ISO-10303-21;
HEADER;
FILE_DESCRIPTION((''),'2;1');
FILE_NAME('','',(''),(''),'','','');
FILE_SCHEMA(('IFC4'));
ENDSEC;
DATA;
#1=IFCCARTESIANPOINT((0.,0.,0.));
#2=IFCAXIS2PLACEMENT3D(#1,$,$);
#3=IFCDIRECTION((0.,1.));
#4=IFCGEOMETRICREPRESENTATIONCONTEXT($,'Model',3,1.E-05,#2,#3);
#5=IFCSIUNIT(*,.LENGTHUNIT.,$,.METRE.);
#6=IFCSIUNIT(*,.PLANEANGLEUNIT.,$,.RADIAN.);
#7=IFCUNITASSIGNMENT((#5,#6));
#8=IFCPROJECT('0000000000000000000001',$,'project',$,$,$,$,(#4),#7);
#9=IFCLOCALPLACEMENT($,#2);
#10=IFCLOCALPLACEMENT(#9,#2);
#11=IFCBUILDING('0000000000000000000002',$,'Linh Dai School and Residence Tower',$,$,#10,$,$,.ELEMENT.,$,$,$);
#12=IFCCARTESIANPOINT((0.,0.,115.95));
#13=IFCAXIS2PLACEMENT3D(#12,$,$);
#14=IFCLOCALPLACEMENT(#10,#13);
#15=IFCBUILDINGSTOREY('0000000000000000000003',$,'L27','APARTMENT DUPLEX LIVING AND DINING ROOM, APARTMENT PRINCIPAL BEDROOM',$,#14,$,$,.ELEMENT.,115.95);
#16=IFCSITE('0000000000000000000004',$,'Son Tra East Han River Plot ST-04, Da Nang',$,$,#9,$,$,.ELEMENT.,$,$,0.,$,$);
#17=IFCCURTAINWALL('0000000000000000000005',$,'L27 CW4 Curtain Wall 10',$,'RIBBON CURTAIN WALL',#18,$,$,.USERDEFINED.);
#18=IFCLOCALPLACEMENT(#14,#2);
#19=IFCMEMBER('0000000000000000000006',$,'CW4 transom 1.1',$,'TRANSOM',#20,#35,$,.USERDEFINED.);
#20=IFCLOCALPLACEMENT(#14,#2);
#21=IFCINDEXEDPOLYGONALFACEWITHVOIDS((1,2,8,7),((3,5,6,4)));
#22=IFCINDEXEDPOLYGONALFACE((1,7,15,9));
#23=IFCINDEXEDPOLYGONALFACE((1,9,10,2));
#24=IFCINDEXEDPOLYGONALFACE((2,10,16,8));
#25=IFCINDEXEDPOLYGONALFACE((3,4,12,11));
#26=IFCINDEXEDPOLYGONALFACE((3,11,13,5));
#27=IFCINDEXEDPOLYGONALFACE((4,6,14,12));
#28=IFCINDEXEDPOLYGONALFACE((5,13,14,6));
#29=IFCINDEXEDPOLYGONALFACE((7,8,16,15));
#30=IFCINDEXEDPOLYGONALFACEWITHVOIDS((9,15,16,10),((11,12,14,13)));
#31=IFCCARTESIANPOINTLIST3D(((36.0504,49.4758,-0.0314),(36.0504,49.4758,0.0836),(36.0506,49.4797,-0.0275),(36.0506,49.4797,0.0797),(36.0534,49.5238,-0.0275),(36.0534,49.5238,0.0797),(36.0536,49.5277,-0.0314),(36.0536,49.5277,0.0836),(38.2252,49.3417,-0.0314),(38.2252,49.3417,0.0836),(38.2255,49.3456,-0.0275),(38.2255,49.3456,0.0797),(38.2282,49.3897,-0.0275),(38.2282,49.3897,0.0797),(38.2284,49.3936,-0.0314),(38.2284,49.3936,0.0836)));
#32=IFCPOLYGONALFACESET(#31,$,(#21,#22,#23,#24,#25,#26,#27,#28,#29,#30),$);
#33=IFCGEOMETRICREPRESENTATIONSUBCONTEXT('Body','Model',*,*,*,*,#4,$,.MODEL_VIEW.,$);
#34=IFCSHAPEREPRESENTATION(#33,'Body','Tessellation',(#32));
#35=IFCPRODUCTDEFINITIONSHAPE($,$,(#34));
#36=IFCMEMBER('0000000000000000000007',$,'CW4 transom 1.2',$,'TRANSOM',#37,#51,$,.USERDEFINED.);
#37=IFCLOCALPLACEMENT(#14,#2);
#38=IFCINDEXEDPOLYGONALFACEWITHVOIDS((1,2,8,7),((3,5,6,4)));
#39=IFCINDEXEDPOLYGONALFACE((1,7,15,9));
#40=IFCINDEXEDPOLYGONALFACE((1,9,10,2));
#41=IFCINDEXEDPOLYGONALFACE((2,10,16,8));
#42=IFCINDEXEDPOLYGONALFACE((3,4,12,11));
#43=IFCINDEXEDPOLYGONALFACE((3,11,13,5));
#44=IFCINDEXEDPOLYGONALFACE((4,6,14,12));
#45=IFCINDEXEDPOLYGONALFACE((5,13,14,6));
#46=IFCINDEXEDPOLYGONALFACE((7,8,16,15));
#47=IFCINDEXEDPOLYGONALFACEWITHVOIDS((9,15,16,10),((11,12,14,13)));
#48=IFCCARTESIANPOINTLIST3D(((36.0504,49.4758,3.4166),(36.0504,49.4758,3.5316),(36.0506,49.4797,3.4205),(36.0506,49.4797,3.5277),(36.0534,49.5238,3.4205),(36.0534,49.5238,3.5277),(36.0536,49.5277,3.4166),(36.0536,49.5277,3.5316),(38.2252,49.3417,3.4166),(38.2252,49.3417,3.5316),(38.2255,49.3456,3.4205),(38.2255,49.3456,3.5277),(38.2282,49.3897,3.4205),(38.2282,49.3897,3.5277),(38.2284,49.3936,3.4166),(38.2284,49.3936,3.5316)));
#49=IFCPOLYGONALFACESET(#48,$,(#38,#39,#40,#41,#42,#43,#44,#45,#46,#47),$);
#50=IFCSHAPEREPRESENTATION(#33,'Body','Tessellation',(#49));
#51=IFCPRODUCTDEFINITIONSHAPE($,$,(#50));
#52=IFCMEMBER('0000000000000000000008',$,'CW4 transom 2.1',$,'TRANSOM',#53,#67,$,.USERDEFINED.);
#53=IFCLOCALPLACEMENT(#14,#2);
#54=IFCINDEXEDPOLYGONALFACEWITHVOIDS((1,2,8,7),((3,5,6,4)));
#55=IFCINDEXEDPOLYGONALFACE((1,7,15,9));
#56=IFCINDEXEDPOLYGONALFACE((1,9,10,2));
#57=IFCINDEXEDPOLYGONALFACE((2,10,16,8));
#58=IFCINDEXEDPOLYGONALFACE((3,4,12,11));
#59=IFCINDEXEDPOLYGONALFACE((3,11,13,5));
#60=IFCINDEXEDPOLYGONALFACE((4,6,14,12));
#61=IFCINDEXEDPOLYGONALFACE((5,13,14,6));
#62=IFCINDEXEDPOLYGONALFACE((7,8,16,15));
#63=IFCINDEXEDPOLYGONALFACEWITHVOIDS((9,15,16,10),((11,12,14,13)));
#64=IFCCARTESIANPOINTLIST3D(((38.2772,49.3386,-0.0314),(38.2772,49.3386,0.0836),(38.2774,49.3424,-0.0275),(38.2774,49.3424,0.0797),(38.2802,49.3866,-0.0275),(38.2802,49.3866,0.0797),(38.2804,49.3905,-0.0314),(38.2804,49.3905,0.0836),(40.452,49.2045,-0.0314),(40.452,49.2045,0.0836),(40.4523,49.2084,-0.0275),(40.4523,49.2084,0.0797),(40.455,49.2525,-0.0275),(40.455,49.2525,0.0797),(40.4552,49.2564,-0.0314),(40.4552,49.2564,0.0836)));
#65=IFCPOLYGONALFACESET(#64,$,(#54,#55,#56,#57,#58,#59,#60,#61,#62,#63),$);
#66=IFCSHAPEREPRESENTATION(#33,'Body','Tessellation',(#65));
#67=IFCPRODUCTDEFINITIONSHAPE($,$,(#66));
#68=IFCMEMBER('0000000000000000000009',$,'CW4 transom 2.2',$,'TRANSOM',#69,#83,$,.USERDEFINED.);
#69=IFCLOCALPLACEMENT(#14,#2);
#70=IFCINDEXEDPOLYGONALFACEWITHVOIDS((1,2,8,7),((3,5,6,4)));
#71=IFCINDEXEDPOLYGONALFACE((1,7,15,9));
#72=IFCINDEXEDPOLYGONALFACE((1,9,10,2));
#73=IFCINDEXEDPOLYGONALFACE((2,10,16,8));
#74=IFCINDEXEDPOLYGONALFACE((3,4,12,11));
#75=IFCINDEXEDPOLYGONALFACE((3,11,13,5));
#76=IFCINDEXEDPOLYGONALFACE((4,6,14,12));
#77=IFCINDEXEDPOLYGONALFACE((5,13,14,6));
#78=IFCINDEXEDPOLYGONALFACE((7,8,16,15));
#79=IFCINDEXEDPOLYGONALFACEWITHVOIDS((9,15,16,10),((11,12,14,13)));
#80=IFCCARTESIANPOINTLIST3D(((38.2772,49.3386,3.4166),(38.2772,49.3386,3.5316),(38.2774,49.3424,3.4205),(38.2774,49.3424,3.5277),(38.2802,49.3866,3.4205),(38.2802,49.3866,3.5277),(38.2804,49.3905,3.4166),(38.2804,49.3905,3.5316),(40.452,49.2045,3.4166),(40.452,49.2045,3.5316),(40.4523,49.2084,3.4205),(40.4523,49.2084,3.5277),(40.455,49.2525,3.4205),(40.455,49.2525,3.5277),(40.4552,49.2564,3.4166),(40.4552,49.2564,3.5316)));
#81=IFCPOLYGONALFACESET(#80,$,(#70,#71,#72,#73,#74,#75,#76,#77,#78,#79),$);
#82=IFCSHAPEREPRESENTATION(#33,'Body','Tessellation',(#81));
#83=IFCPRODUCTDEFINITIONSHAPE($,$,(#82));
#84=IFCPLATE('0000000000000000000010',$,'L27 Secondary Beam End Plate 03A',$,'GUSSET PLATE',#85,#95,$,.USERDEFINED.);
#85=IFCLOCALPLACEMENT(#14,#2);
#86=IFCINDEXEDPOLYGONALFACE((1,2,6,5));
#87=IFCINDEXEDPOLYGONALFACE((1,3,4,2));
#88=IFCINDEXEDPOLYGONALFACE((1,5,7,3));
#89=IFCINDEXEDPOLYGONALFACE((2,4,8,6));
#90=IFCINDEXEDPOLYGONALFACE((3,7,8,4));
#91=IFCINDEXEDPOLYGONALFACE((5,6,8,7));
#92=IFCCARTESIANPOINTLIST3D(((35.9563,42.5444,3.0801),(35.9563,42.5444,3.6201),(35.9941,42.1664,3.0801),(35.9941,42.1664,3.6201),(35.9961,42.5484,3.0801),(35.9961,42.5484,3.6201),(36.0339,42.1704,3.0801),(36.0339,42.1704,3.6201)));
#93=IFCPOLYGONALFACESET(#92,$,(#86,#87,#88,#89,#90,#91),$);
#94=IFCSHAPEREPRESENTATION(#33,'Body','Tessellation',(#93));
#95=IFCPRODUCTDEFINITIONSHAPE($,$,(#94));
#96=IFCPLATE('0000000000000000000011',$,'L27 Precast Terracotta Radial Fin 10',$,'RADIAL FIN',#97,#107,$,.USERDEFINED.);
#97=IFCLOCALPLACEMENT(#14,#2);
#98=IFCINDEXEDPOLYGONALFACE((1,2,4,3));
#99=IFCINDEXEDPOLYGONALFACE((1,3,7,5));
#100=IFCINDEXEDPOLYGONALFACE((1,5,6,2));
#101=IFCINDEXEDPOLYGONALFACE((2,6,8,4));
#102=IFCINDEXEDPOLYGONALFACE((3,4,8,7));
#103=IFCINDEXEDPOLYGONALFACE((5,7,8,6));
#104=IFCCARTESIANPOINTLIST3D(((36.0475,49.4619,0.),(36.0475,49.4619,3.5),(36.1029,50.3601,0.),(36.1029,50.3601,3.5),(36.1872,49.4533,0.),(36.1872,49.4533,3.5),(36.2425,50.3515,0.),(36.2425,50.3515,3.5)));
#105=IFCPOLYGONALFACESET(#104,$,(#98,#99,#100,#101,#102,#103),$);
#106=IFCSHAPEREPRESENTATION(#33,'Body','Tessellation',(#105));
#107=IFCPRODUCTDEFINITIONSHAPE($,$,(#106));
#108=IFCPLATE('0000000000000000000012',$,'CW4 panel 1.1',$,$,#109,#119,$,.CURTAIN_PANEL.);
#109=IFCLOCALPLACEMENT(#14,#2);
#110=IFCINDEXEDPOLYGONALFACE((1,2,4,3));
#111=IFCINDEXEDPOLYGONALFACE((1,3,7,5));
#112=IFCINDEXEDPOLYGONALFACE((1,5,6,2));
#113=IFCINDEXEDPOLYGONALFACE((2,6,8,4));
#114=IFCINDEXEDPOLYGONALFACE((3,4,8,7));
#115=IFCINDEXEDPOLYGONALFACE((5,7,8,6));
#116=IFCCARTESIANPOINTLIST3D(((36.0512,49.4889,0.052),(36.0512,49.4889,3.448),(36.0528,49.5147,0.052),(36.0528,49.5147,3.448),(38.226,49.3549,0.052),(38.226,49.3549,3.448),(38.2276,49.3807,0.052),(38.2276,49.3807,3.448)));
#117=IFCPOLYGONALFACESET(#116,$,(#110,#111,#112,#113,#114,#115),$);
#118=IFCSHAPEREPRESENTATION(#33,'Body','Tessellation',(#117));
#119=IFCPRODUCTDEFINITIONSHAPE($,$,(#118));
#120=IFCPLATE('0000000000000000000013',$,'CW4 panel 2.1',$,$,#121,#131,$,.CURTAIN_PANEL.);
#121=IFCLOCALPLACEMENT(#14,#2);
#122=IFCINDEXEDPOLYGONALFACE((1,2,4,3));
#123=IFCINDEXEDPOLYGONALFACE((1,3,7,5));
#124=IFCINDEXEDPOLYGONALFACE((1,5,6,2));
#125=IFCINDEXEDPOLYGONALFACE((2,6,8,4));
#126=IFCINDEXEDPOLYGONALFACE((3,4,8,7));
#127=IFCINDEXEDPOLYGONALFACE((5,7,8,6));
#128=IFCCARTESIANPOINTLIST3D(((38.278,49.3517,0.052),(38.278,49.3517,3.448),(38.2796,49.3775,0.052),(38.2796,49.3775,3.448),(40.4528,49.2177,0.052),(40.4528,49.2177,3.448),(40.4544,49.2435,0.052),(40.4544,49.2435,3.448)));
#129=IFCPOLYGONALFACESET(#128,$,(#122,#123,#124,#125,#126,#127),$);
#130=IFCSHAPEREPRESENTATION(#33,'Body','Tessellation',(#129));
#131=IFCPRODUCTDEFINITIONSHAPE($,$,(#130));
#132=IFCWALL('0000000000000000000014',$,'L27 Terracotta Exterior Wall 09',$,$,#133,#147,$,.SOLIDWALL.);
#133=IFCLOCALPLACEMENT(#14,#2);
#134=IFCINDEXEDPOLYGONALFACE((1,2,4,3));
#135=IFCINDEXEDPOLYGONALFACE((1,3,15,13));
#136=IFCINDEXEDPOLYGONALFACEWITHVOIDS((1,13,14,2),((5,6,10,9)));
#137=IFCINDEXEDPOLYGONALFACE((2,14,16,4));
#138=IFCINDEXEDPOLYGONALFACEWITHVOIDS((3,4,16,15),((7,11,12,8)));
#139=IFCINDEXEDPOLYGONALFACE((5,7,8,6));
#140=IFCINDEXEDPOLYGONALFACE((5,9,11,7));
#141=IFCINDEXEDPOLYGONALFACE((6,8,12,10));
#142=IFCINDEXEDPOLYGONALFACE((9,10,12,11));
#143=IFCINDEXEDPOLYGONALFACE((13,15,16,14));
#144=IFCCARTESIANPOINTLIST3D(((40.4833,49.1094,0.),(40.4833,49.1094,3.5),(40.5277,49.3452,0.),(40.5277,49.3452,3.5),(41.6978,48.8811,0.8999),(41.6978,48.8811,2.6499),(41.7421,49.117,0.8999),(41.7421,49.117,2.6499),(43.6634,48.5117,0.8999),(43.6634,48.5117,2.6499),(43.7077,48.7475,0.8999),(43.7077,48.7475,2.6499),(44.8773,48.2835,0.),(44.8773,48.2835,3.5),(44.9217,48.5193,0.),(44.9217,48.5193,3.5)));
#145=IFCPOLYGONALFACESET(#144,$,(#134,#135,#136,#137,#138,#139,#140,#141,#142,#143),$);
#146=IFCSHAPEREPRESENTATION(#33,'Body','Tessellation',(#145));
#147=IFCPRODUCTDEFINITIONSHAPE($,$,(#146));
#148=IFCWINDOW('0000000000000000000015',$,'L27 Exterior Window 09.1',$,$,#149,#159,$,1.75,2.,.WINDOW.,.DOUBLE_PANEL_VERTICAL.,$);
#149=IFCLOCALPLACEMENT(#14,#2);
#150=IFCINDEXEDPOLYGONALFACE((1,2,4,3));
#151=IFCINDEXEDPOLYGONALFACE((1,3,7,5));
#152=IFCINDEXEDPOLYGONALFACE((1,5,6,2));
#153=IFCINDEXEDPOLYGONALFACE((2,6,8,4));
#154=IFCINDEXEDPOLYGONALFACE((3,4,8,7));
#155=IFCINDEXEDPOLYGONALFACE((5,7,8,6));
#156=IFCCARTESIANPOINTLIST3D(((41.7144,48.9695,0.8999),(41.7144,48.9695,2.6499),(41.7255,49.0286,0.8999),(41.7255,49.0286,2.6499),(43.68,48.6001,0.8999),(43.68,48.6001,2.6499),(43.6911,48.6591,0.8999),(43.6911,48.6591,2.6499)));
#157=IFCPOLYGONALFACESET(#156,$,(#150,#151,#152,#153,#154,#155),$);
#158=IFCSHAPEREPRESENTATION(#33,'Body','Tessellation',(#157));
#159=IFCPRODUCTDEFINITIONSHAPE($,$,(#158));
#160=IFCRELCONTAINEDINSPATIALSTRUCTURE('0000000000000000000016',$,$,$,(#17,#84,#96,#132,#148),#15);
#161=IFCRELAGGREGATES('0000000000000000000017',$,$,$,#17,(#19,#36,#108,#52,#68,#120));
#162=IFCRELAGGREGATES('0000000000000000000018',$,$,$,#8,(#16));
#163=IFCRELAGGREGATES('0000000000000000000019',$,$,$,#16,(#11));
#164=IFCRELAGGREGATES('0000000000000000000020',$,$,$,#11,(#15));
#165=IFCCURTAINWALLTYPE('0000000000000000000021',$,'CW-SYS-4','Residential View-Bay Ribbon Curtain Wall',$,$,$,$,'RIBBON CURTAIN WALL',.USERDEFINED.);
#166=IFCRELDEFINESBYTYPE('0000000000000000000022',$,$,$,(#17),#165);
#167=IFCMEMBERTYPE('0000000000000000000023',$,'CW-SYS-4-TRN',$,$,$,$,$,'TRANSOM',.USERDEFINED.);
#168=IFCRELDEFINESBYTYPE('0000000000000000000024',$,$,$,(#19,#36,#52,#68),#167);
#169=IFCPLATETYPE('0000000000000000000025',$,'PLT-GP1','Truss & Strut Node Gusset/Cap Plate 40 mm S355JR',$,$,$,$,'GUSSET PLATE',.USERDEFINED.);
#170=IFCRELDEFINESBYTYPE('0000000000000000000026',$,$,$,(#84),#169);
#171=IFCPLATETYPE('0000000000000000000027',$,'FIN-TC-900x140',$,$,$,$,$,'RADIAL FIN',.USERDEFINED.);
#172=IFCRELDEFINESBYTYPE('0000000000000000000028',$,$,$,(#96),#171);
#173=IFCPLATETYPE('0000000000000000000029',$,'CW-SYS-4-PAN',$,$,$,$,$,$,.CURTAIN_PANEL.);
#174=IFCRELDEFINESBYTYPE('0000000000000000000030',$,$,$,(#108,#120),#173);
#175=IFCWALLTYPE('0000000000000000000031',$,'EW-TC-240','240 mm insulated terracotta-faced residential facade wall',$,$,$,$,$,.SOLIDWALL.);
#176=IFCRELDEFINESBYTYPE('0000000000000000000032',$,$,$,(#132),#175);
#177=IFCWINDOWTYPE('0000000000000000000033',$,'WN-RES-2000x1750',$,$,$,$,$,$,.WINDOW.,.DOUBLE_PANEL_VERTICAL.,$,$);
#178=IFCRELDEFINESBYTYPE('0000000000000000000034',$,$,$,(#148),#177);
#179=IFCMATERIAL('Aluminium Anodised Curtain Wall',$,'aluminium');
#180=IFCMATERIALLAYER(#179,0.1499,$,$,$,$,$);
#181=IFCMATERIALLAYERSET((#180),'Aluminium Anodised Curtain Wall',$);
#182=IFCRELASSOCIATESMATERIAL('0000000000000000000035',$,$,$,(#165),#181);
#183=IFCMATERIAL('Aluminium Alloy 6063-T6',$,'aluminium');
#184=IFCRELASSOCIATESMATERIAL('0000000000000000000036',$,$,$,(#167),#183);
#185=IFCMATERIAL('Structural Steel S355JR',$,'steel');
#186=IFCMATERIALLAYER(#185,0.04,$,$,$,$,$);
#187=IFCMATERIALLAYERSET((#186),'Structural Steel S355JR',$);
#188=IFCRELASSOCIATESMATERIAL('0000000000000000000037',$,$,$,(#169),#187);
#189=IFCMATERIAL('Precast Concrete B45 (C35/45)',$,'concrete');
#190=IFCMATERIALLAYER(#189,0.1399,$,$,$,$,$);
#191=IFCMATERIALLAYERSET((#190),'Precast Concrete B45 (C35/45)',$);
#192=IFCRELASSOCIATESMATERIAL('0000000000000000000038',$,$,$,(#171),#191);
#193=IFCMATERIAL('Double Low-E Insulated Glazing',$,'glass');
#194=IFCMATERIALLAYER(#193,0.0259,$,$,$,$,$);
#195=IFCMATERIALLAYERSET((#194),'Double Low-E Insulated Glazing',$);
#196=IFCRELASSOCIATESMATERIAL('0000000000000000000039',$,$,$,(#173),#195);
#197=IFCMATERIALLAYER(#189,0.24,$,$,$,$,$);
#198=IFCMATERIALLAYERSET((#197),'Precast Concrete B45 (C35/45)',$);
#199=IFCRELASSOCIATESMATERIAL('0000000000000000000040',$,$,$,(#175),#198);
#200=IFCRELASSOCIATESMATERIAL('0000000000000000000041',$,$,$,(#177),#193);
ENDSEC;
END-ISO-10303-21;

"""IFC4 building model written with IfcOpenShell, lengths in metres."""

from ifc_helpers import new_model, si_unit, direction, frame, frame_2d, origin, origin_2d, place, context, subcontext, project, spatial, rectangle, hollow_rectangle, extrude, source, transform, mapped, material, layer, layer_set, material_profile, profile_set, type_object, element, fill, aggregate, save


model = new_model("IFC4")

# Units and contexts
model_context = context("Model", 3, precision=1e-05, world=origin(), true_north=direction((0.0, 1.0)))
body_context = subcontext(model_context, "Body", "Model", "MODEL_VIEW")
ifc_project = project(units=[si_unit("LENGTHUNIT", "METRE"), si_unit("PLANEANGLEUNIT", "RADIAN")], contexts=[model_context])

# Site, building, storey
site_placement = place(None, origin())
site = spatial("IfcSite", under=ifc_project, at=site_placement, Name="Son Tra East Han River Plot ST-04, Da Nang", CompositionType="ELEMENT", RefElevation=0.0)
building_placement = place(site_placement, origin())
building = spatial("IfcBuilding", under=site, at=building_placement, Name="Linh Dai School and Residence Tower", CompositionType="ELEMENT")
storey_placement = place(building_placement, frame((0.0, 0.0, 115.95)))
storey = spatial("IfcBuildingStorey", under=building, at=storey_placement, Name="L27", Description="APARTMENT DUPLEX LIVING AND DINING ROOM, APARTMENT PRINCIPAL BEDROOM", CompositionType="ELEMENT", Elevation=115.95)

# Shared definitions
ifc_material_1 = material(Name="Structural Steel S355JR", Category="steel")

# Curtain wall, members
ifc_material_2 = material(Name="Aluminium Anodised Curtain Wall", Category="aluminium")
ifc_layer_1 = layer(ifc_material_2, 0.1499)
ifc_layer_set_1 = layer_set([ifc_layer_1], Name="Aluminium Anodised Curtain Wall")
curtain_wall_type = type_object("IfcCurtainWallType", Name="CW-SYS-4", Description="Residential View-Bay Ribbon Curtain Wall", ElementType="RIBBON CURTAIN WALL", PredefinedType="USERDEFINED", material=ifc_layer_set_1)
curtain_wall_placement = place(storey_placement, origin())
curtain_wall = element("IfcCurtainWall", 1, at=curtain_wall_placement, inside=storey, type_object=curtain_wall_type, Name="L27 CW4 Curtain Wall 10", ObjectType="RIBBON CURTAIN WALL", PredefinedType="USERDEFINED")
ifc_material_3 = material(Name="Aluminium Alloy 6063-T6", Category="aluminium")
ifc_material_profile_1 = material_profile(ifc_material_3, hollow_rectangle(XDim=0.052, YDim=0.115, WallThickness=0.0039, at=origin_2d()), Name="RHS 115x52x4")
ifc_profile_set_1 = profile_set([ifc_material_profile_1], Name="Aluminium Alloy 6063-T6")
member_type_1 = type_object("IfcMemberType", Name="CW-SYS-4-TRN", ElementType="TRANSOM", PredefinedType="USERDEFINED", material=ifc_profile_set_1)
shared_shape_1 = source(origin(), body_context, "Body", "SweptSolid", [
    extrude(hollow_rectangle(XDim=0.052, YDim=0.115, WallThickness=0.0039, at=origin_2d()), origin(), (0.0, 0.0, 1.0), 2.179),
])
member_1_placement = place(storey_placement, frame((36.052, 49.5017, 0.0261), z_axis=(0.998106, -0.061513, 0.0), x_axis=(0.061513, 0.998106, 0.0)))
member_1 = element("IfcMember", 2, at=member_1_placement, type_object=member_type_1, Name="CW4 transom 1.1", ObjectType="TRANSOM", PredefinedType="USERDEFINED", context=body_context, shape_type="MappedRepresentation", body=[
    mapped(shared_shape_1, transform((0.0, 0.0, 0.0), x_axis=(1.0, 0.0, 0.0), y_axis=(0.0, 1.0, 0.0), z_axis=(0.0, 0.0, 1.0), scale=1.0)),
])
member_2_placement = place(storey_placement, frame((36.052, 49.5017, 3.4741), z_axis=(0.998106, -0.061513, 0.0), x_axis=(0.061513, 0.998106, 0.0)))
member_2 = element("IfcMember", 3, at=member_2_placement, type_object=member_type_1, Name="CW4 transom 1.2", ObjectType="TRANSOM", PredefinedType="USERDEFINED", context=body_context, shape_type="MappedRepresentation", body=[
    mapped(shared_shape_1, transform((0.0, 0.0, 0.0), x_axis=(1.0, 0.0, 0.0), y_axis=(0.0, 1.0, 0.0), z_axis=(0.0, 0.0, 1.0), scale=1.0)),
])
member_3_placement = place(storey_placement, frame((38.2788, 49.3645, 0.0261), z_axis=(0.998106, -0.061513, 0.0), x_axis=(0.061513, 0.998106, 0.0)))
member_3 = element("IfcMember", 4, at=member_3_placement, type_object=member_type_1, Name="CW4 transom 2.1", ObjectType="TRANSOM", PredefinedType="USERDEFINED", context=body_context, shape_type="MappedRepresentation", body=[
    mapped(shared_shape_1, transform((0.0, 0.0, 0.0), x_axis=(1.0, 0.0, 0.0), y_axis=(0.0, 1.0, 0.0), z_axis=(0.0, 0.0, 1.0), scale=1.0)),
])
member_4_placement = place(storey_placement, frame((38.2788, 49.3645, 3.4741), z_axis=(0.998106, -0.061513, 0.0), x_axis=(0.061513, 0.998106, 0.0)))
member_4 = element("IfcMember", 5, at=member_4_placement, type_object=member_type_1, Name="CW4 transom 2.2", ObjectType="TRANSOM", PredefinedType="USERDEFINED", context=body_context, shape_type="MappedRepresentation", body=[
    mapped(shared_shape_1, transform((0.0, 0.0, 0.0), x_axis=(1.0, 0.0, 0.0), y_axis=(0.0, 1.0, 0.0), z_axis=(0.0, 0.0, 1.0), scale=1.0)),
])

# Plates
ifc_layer_2 = layer(ifc_material_1, 0.04)
ifc_layer_set_2 = layer_set([ifc_layer_2], Name="Structural Steel S355JR")
plate_type_1 = type_object("IfcPlateType", Name="PLT-GP1", Description="Truss & Strut Node Gusset/Cap Plate 40 mm S355JR", ElementType="GUSSET PLATE", PredefinedType="USERDEFINED", material=ifc_layer_set_2)
shared_shape_2 = source(origin(), body_context, "Body", "SweptSolid", [
    extrude(rectangle(XDim=0.04, YDim=0.3799, at=origin_2d()), origin(), (0.0, 0.0, 1.0), 0.54),
])
plate_1_placement = place(storey_placement, frame((35.9951, 42.3574, 3.0801), z_axis=(0.0, 0.0, 1.0), x_axis=(-0.995042, -0.099458, 0.0)))
element("IfcPlate", 6, at=plate_1_placement, inside=storey, type_object=plate_type_1, Name="L27 Secondary Beam End Plate 03A", ObjectType="GUSSET PLATE", PredefinedType="USERDEFINED", context=body_context, shape_type="MappedRepresentation", body=[
    mapped(shared_shape_2, transform((0.0, 0.0, 0.0), x_axis=(1.0, 0.0, 0.0), y_axis=(0.0, 1.0, 0.0), z_axis=(0.0, 0.0, 1.0), scale=1.0)),
])
ifc_material_4 = material(Name="Precast Concrete B45 (C35/45)", Category="concrete")
ifc_layer_3 = layer(ifc_material_4, 0.1399)
ifc_layer_set_3 = layer_set([ifc_layer_3], Name="Precast Concrete B45 (C35/45)")
plate_type_2 = type_object("IfcPlateType", Name="FIN-TC-900x140", ElementType="RADIAL FIN", PredefinedType="USERDEFINED", material=ifc_layer_set_3)
shared_shape_3 = source(origin(), body_context, "Body", "SweptSolid", [
    extrude(rectangle(XDim=0.8999, YDim=0.1399, at=origin_2d()), origin(), (0.0, 0.0, 1.0), 3.5),
])
plate_2_placement = place(storey_placement, frame((36.145, 49.9067, 0.0), z_axis=(0.0, 0.0, 1.0), x_axis=(0.061509, 0.998107, 0.0)))
element("IfcPlate", 7, at=plate_2_placement, inside=storey, type_object=plate_type_2, Name="L27 Precast Terracotta Radial Fin 10", ObjectType="RADIAL FIN", PredefinedType="USERDEFINED", context=body_context, shape_type="MappedRepresentation", body=[
    mapped(shared_shape_3, transform((0.0, 0.0, 0.0), x_axis=(1.0, 0.0, 0.0), y_axis=(0.0, 1.0, 0.0), z_axis=(0.0, 0.0, 1.0), scale=1.0)),
])

# Plates
ifc_material_5 = material(Name="Double Low-E Insulated Glazing", Category="glass")
ifc_layer_4 = layer(ifc_material_5, 0.0259)
ifc_layer_set_4 = layer_set([ifc_layer_4], Name="Double Low-E Insulated Glazing")
plate_type_3 = type_object("IfcPlateType", Name="CW-SYS-4-PAN", PredefinedType="CURTAIN_PANEL", material=ifc_layer_set_4)
shared_shape_4 = source(origin(), body_context, "Body", "SweptSolid", [
    extrude(rectangle(XDim=2.179, YDim=0.0259, at=origin_2d()), origin(), (0.0, 0.0, 1.0), 3.396),
])
plate_3_placement = place(storey_placement, frame((37.1394, 49.4348, 0.052), z_axis=(0.0, 0.0, 1.0), x_axis=(0.998107, -0.061509, 0.0)))
plate_3 = element("IfcPlate", 8, at=plate_3_placement, type_object=plate_type_3, Name="CW4 panel 1.1", PredefinedType="CURTAIN_PANEL", context=body_context, shape_type="MappedRepresentation", body=[
    mapped(shared_shape_4, transform((0.0, 0.0, 0.0), x_axis=(1.0, 0.0, 0.0), y_axis=(0.0, 1.0, 0.0), z_axis=(0.0, 0.0, 1.0), scale=1.0)),
])
plate_4_placement = place(storey_placement, frame((39.3662, 49.2976, 0.052), z_axis=(0.0, 0.0, 1.0), x_axis=(0.998107, -0.061509, 0.0)))
plate_4 = element("IfcPlate", 9, at=plate_4_placement, type_object=plate_type_3, Name="CW4 panel 2.1", PredefinedType="CURTAIN_PANEL", context=body_context, shape_type="MappedRepresentation", body=[
    mapped(shared_shape_4, transform((0.0, 0.0, 0.0), x_axis=(1.0, 0.0, 0.0), y_axis=(0.0, 1.0, 0.0), z_axis=(0.0, 0.0, 1.0), scale=1.0)),
])
aggregate(curtain_wall, [member_1, member_2, plate_3, member_3, member_4, plate_4])

# Wall, opening, window
ifc_layer_5 = layer(ifc_material_4, 0.24)
ifc_layer_set_5 = layer_set([ifc_layer_5], Name="Precast Concrete B45 (C35/45)")
wall_type_1 = type_object("IfcWallType", Name="EW-TC-240", Description="240 mm insulated terracotta-faced residential facade wall", PredefinedType="SOLIDWALL", material=ifc_layer_set_5)
wall_1_placement = place(storey_placement, frame((40.5056, 49.2273, 0.0), z_axis=(0.0, 0.0, 1.0), x_axis=(0.982789, -0.18473, 0.0)))
wall_1 = element("IfcWall", 10, at=wall_1_placement, inside=storey, type_object=wall_type_1, Name="L27 Terracotta Exterior Wall 09", PredefinedType="SOLIDWALL", context=body_context, shape_type="SweptSolid", body=[
    extrude(rectangle(XDim=4.4709, YDim=0.24, at=frame_2d((2.2354, 0.0))), origin(), (0.0, 0.0, 1.0), 3.5),
])
opening_1_placement = place(wall_1_placement, frame((1.2356, 0.0, 0.8999)))
opening_1 = element("IfcOpeningElement", 11, at=opening_1_placement, cuts=wall_1, PredefinedType="OPENING", context=body_context, shape_type="SweptSolid", body=[
    extrude(rectangle(XDim=2.0, YDim=1.75, at=origin_2d()), frame((1.0, 0.1299, 0.875), z_axis=(0.0, -1.0, 0.0), x_axis=(1.0, 0.0, 0.0)), (0.0, 0.0, 1.0), 0.26),
])
window_type = type_object("IfcWindowType", Name="WN-RES-2000x1750", PartitioningType="DOUBLE_PANEL_VERTICAL", PredefinedType="WINDOW", material=ifc_material_5)
shared_shape_5 = source(origin(), body_context, "Body", "SweptSolid", [
    extrude(rectangle(XDim=2.0, YDim=1.75, at=origin_2d()), frame((1.0, 0.03, 0.875), z_axis=(0.0, -1.0, 0.0), x_axis=(1.0, 0.0, 0.0)), (0.0, 0.0, 1.0), 0.0601),
])
window_placement = place(opening_1_placement, origin())
window = element("IfcWindow", 12, at=window_placement, inside=storey, type_object=window_type, Name="L27 Exterior Window 09.1", OverallHeight=1.75, OverallWidth=2.0, PartitioningType="DOUBLE_PANEL_VERTICAL", PredefinedType="WINDOW", context=body_context, shape_type="MappedRepresentation", body=[
    mapped(shared_shape_5, transform((0.0, 0.0, 0.0), x_axis=(1.0, 0.0, 0.0), y_axis=(0.0, 1.0, 0.0), z_axis=(0.0, 0.0, 1.0), scale=1.0)),
])
fill(opening_1, window)

save(model, "model.ifc")
